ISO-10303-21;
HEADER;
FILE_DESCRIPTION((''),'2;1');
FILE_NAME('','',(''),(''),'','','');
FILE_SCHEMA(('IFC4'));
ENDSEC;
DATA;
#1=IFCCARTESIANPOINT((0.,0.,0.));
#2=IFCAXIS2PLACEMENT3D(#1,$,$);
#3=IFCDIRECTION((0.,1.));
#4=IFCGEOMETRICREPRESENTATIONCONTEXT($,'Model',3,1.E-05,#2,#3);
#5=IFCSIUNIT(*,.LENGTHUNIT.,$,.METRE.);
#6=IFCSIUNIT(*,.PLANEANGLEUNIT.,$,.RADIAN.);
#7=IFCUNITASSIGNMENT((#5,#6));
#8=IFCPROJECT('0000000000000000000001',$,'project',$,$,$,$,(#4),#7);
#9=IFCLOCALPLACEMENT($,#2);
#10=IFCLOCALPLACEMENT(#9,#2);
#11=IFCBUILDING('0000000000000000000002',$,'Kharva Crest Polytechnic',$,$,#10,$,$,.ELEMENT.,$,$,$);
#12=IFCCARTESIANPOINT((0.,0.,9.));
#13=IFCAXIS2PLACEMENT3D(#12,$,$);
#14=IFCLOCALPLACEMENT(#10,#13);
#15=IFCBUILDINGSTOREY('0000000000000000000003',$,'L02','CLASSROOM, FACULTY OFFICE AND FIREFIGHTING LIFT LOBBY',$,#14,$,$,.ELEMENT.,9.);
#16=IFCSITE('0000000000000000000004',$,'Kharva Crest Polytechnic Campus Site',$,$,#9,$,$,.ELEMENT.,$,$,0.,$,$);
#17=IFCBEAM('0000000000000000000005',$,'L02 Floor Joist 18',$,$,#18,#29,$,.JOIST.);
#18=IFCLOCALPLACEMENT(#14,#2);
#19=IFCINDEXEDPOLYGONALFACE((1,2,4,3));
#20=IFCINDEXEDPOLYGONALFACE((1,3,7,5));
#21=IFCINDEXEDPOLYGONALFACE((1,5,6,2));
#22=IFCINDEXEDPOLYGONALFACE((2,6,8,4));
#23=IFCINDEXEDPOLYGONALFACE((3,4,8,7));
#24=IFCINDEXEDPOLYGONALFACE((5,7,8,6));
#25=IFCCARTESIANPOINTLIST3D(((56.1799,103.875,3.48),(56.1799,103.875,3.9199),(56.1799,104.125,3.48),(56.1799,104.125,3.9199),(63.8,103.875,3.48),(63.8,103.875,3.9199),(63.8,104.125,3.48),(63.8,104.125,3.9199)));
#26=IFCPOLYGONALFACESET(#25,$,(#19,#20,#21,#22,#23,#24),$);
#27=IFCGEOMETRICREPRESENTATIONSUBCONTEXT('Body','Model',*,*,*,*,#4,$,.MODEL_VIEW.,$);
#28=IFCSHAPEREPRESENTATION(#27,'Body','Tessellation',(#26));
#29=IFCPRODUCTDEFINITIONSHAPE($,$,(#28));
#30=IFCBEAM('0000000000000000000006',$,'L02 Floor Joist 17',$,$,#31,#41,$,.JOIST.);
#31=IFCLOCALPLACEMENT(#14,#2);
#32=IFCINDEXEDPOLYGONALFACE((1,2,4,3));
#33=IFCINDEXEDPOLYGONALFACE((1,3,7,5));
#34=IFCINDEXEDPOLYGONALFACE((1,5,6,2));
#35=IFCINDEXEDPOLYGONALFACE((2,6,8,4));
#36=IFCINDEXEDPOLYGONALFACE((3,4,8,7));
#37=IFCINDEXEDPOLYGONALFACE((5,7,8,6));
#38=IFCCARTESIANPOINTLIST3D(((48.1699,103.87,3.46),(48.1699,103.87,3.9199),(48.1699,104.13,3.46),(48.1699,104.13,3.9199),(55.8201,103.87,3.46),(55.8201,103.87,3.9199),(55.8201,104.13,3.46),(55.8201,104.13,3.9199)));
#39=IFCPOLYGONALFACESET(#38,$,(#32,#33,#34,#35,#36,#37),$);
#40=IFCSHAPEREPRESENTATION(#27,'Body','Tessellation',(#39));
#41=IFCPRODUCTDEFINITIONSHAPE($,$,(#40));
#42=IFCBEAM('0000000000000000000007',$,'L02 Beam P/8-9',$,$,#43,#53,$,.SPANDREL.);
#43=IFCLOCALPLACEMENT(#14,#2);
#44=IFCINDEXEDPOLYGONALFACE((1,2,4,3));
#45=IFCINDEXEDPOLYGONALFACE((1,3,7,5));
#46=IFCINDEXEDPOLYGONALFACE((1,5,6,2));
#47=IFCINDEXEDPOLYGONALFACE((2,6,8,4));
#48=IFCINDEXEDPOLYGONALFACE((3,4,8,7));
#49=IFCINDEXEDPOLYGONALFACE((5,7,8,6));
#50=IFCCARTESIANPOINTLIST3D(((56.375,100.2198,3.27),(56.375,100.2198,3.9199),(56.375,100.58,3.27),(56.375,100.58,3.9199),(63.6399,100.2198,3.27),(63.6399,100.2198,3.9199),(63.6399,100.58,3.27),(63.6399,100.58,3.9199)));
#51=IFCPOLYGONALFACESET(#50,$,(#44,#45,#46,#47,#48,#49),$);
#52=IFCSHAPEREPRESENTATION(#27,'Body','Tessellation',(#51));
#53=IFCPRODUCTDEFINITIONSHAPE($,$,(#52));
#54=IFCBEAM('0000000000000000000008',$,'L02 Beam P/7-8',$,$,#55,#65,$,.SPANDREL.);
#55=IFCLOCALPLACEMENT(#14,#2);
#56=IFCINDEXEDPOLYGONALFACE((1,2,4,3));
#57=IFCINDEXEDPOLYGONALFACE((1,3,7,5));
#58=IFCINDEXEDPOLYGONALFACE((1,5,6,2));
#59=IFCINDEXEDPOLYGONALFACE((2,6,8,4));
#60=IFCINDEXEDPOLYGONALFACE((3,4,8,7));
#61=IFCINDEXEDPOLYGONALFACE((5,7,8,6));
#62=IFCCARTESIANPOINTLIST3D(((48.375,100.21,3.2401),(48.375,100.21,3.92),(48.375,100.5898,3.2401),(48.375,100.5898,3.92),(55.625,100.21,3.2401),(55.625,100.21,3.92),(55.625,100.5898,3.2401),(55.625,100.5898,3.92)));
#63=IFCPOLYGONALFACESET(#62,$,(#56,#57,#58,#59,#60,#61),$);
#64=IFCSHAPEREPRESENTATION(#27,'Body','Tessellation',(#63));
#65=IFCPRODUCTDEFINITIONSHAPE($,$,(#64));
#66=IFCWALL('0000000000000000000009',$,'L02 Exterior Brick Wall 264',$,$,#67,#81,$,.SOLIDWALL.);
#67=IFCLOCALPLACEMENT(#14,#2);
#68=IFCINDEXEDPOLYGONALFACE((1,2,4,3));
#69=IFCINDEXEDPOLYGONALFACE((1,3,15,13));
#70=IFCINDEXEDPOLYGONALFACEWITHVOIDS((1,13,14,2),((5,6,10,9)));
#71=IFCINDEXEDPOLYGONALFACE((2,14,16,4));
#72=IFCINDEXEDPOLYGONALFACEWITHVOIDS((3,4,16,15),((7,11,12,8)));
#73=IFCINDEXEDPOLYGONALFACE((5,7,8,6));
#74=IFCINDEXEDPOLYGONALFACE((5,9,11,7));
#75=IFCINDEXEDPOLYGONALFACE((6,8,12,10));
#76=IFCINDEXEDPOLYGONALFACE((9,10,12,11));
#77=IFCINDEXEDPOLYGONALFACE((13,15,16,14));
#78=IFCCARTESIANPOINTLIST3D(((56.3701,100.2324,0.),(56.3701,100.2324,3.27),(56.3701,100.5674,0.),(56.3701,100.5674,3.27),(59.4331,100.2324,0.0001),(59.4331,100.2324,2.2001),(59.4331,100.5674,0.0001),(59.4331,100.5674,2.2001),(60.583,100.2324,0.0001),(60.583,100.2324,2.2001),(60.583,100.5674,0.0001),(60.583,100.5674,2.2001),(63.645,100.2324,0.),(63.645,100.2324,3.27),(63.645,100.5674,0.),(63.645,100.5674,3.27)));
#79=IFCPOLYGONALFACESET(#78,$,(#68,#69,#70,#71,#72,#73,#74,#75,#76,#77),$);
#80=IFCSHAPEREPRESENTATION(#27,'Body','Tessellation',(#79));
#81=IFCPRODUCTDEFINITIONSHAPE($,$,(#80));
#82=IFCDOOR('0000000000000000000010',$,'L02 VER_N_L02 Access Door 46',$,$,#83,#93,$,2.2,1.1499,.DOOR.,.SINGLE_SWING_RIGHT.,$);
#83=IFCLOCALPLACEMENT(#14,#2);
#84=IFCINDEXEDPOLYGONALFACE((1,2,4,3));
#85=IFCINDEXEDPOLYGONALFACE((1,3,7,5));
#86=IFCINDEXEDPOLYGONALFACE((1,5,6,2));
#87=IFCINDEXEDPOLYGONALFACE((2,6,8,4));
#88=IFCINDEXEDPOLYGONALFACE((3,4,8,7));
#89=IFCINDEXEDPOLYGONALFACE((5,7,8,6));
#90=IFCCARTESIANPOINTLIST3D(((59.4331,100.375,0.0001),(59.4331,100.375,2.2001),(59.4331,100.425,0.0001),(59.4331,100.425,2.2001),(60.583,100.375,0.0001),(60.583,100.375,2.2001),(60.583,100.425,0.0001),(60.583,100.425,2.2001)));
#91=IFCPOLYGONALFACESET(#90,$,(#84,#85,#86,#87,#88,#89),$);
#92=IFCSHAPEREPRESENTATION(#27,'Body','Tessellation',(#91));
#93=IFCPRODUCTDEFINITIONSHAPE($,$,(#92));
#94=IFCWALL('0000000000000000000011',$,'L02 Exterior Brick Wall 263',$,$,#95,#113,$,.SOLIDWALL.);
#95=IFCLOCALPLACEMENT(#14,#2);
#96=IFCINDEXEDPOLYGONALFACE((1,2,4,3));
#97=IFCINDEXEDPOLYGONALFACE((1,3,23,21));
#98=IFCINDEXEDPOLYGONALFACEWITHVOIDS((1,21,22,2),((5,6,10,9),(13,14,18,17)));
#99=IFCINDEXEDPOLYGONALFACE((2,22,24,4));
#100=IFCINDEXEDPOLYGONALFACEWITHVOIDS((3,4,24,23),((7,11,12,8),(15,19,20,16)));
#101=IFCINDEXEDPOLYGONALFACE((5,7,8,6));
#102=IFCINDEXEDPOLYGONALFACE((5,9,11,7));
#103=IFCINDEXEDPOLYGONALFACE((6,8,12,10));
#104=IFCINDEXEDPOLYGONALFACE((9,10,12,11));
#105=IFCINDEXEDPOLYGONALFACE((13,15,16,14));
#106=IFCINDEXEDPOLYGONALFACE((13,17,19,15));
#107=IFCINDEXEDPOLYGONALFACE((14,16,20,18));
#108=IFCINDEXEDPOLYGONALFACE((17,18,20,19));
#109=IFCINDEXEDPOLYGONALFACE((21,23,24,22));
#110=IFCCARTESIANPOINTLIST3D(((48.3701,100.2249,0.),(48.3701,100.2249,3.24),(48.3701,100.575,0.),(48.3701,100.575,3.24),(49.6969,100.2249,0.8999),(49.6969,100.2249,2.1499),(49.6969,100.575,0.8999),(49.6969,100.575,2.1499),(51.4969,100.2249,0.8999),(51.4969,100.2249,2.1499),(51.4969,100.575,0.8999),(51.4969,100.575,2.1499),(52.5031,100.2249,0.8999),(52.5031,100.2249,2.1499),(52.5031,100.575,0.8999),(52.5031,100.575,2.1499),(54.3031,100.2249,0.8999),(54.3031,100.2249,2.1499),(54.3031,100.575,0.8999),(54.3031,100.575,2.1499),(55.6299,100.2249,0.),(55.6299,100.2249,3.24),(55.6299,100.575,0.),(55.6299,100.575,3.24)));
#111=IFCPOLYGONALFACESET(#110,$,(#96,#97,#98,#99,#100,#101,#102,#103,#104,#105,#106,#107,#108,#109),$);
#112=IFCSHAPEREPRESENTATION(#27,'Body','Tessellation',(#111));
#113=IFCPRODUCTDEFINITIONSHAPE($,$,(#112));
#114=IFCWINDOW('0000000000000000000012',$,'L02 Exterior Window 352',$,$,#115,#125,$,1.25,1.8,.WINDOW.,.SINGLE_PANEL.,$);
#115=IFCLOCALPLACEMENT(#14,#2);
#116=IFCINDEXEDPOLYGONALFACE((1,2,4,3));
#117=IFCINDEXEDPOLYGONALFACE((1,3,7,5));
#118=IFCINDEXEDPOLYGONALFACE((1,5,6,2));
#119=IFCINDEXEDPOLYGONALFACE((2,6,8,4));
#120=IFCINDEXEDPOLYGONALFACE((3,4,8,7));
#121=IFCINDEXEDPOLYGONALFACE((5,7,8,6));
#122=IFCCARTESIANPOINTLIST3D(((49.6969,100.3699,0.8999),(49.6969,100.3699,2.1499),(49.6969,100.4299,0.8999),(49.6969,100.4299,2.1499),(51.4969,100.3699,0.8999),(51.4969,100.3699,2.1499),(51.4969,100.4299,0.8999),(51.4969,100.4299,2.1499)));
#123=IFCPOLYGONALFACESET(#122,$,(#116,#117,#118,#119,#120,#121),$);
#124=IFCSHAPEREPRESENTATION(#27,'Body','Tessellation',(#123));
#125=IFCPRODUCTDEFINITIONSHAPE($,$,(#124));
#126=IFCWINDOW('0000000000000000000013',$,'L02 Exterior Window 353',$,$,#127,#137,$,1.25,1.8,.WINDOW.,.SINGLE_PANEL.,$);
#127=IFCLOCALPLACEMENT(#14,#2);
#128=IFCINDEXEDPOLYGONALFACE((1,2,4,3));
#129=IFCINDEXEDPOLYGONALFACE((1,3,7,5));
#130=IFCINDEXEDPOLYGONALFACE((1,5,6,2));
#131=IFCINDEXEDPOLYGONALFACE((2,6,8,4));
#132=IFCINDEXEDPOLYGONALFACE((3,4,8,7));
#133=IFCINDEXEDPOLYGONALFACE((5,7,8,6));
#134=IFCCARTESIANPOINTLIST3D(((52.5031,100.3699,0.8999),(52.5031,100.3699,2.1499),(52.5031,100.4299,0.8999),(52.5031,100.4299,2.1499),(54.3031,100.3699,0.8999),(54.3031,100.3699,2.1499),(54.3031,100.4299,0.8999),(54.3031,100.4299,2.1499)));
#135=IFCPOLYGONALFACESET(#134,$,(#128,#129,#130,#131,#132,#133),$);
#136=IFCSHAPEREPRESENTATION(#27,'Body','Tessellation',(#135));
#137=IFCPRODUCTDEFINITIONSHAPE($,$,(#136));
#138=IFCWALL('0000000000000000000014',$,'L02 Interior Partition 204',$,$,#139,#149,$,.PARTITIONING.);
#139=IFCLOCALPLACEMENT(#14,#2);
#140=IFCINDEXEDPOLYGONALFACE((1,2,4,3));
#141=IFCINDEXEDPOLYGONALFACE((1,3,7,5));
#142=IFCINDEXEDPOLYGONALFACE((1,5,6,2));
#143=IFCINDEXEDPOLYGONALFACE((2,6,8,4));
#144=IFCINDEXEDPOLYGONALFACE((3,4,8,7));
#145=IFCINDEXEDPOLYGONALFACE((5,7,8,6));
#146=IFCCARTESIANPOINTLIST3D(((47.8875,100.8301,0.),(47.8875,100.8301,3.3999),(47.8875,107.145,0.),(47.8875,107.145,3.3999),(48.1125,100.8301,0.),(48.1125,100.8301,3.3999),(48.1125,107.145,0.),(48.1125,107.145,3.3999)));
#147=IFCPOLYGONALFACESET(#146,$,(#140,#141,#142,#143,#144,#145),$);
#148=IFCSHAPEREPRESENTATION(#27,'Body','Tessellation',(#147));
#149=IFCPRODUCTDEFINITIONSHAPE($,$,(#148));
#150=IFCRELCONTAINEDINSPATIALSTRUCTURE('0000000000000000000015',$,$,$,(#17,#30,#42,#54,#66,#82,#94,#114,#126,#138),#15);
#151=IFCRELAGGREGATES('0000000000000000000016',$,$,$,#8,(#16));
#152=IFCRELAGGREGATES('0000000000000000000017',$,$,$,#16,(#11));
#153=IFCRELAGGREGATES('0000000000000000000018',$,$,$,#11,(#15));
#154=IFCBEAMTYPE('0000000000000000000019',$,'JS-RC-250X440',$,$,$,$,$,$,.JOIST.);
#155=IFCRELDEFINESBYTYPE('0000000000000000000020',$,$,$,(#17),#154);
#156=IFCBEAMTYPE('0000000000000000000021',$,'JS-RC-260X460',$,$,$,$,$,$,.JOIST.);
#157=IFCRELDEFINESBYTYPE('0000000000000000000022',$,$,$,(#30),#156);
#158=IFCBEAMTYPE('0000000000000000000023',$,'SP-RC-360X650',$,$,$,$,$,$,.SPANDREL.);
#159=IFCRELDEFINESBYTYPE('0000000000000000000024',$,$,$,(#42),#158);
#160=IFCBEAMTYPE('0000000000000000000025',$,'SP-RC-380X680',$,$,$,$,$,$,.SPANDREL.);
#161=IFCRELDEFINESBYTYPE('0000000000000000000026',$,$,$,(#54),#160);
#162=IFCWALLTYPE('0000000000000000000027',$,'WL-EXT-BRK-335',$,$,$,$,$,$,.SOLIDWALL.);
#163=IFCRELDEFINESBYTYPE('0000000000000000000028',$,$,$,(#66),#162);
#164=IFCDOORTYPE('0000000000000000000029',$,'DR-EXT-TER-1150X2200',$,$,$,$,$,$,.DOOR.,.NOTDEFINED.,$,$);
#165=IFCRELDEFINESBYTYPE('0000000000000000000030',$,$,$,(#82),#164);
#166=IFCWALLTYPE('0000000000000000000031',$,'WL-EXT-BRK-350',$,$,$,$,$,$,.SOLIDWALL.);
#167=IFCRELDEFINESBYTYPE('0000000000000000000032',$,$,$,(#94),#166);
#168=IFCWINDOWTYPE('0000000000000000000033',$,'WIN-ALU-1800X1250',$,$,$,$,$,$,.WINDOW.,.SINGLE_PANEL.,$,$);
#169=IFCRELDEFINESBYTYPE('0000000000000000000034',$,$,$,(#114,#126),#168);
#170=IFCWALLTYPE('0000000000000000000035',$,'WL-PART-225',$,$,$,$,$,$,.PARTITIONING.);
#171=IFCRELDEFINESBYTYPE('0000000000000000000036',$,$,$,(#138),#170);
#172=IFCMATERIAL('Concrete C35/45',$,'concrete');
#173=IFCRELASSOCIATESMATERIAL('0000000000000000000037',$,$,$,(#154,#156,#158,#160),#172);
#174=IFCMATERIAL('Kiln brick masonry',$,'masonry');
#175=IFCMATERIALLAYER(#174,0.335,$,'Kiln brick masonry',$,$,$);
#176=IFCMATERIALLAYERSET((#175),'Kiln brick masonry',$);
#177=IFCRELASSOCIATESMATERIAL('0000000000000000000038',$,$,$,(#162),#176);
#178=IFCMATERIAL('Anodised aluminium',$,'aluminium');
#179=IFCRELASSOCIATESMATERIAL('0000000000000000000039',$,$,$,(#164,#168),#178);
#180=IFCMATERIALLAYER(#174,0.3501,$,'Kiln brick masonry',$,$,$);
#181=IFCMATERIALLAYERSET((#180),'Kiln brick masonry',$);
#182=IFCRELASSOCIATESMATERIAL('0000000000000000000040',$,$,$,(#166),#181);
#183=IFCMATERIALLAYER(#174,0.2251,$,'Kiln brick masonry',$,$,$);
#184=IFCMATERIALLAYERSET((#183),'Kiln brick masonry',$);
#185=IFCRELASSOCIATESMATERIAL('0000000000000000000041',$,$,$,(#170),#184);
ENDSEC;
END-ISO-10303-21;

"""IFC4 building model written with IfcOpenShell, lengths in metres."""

from ifc_helpers import new_model, si_unit, direction, frame, frame_2d, origin, origin_2d, place, context, subcontext, project, spatial, rectangle, extrude, material, layer, layer_set, material_profile, profile_set, type_object, element, fill, save


model = new_model("IFC4")

# Units and contexts
model_context = context("Model", 3, precision=1e-05, world=origin(), true_north=direction((0.0, 1.0)))
body_context = subcontext(model_context, "Body", "Model", "MODEL_VIEW")
ifc_project = project(units=[si_unit("LENGTHUNIT", "METRE"), si_unit("PLANEANGLEUNIT", "RADIAN")], contexts=[model_context])

# Site, building, storey
site_placement = place(None, origin())
site = spatial("IfcSite", under=ifc_project, at=site_placement, Name="Kharva Crest Polytechnic Campus Site", CompositionType="ELEMENT", RefElevation=0.0)
building_placement = place(site_placement, origin())
building = spatial("IfcBuilding", under=site, at=building_placement, Name="Kharva Crest Polytechnic", CompositionType="ELEMENT")
storey_placement = place(building_placement, frame((0.0, 0.0, 9.0)))
storey = spatial("IfcBuildingStorey", under=building, at=storey_placement, Name="L02", Description="CLASSROOM, FACULTY OFFICE AND FIREFIGHTING LIFT LOBBY", CompositionType="ELEMENT", Elevation=9.0)

# Beams
ifc_material_1 = material(Name="Concrete C35/45", Category="concrete")
ifc_material_profile_1 = material_profile(ifc_material_1, rectangle(XDim=0.25, YDim=0.4399, at=origin_2d()), Name="RECT 250 X 440")
ifc_profile_set_1 = profile_set([ifc_material_profile_1], Name="Concrete C35/45")
beam_type_1 = type_object("IfcBeamType", Name="JS-RC-250X440", PredefinedType="JOIST", material=ifc_profile_set_1)
beam_1_placement = place(storey_placement, frame((56.1799, 104.0, 3.7), z_axis=(1.0, 0.0, 0.0), x_axis=(0.0, 1.0, 0.0)))
element("IfcBeam", 1, at=beam_1_placement, inside=storey, type_object=beam_type_1, Name="L02 Floor Joist 18", PredefinedType="JOIST", context=body_context, shape_type="SweptSolid", body=[
    extrude(rectangle(XDim=0.25, YDim=0.4399, at=origin_2d()), origin(), (0.0, 0.0, 1.0), 7.6201),
])
ifc_material_profile_2 = material_profile(ifc_material_1, rectangle(XDim=0.26, YDim=0.46, at=origin_2d()), Name="RECT 260 X 460")
ifc_profile_set_2 = profile_set([ifc_material_profile_2], Name="Concrete C35/45")
beam_type_2 = type_object("IfcBeamType", Name="JS-RC-260X460", PredefinedType="JOIST", material=ifc_profile_set_2)
beam_2_placement = place(storey_placement, frame((48.1699, 104.0, 3.6899), z_axis=(1.0, 0.0, 0.0), x_axis=(0.0, 1.0, 0.0)))
element("IfcBeam", 2, at=beam_2_placement, inside=storey, type_object=beam_type_2, Name="L02 Floor Joist 17", PredefinedType="JOIST", context=body_context, shape_type="SweptSolid", body=[
    extrude(rectangle(XDim=0.26, YDim=0.46, at=origin_2d()), origin(), (0.0, 0.0, 1.0), 7.6501),
])
ifc_material_profile_3 = material_profile(ifc_material_1, rectangle(XDim=0.3601, YDim=0.6499, at=origin_2d()), Name="RECT 360 X 650")
ifc_profile_set_3 = profile_set([ifc_material_profile_3], Name="Concrete C35/45")
beam_type_3 = type_object("IfcBeamType", Name="SP-RC-360X650", PredefinedType="SPANDREL", material=ifc_profile_set_3)
beam_3_placement = place(storey_placement, frame((56.375, 100.3999, 3.595), z_axis=(1.0, 0.0, 0.0), x_axis=(0.0, 1.0, 0.0)))
element("IfcBeam", 3, at=beam_3_placement, inside=storey, type_object=beam_type_3, Name="L02 Beam P/8-9", PredefinedType="SPANDREL", context=body_context, shape_type="SweptSolid", body=[
    extrude(rectangle(XDim=0.3601, YDim=0.6499, at=origin_2d()), origin(), (0.0, 0.0, 1.0), 7.2649),
])
ifc_material_profile_4 = material_profile(ifc_material_1, rectangle(XDim=0.3799, YDim=0.6799, at=origin_2d()), Name="RECT 380 X 680")
ifc_profile_set_4 = profile_set([ifc_material_profile_4], Name="Concrete C35/45")
beam_type_4 = type_object("IfcBeamType", Name="SP-RC-380X680", PredefinedType="SPANDREL", material=ifc_profile_set_4)
beam_4_placement = place(storey_placement, frame((48.375, 100.3999, 3.5801), z_axis=(1.0, 0.0, 0.0), x_axis=(0.0, 1.0, 0.0)))
element("IfcBeam", 4, at=beam_4_placement, inside=storey, type_object=beam_type_4, Name="L02 Beam P/7-8", PredefinedType="SPANDREL", context=body_context, shape_type="SweptSolid", body=[
    extrude(rectangle(XDim=0.3799, YDim=0.6799, at=origin_2d()), origin(), (0.0, 0.0, 1.0), 7.25),
])

# Wall, opening, door
ifc_material_2 = material(Name="Kiln brick masonry", Category="masonry")
ifc_layer_1 = layer(ifc_material_2, 0.335, Name="Kiln brick masonry")
ifc_layer_set_1 = layer_set([ifc_layer_1], Name="Kiln brick masonry")
wall_type_1 = type_object("IfcWallType", Name="WL-EXT-BRK-335", PredefinedType="SOLIDWALL", material=ifc_layer_set_1)
wall_1_placement = place(storey_placement, frame((56.3701, 100.3999, 0.0), z_axis=(0.0, 0.0, 1.0), x_axis=(1.0, 0.0, 0.0)))
wall_1 = element("IfcWall", 5, at=wall_1_placement, inside=storey, type_object=wall_type_1, Name="L02 Exterior Brick Wall 264", PredefinedType="SOLIDWALL", context=body_context, shape_type="SweptSolid", body=[
    extrude(rectangle(XDim=7.2749, YDim=0.335, at=frame_2d((3.6375, 0.0))), origin(), (0.0, 0.0, 1.0), 3.27),
])
opening_1_placement = place(wall_1_placement, frame((3.063, 0.0, 0.0)))
opening_1 = element("IfcOpeningElement", 6, at=opening_1_placement, cuts=wall_1, PredefinedType="OPENING", context=body_context, shape_type="SweptSolid", body=[
    extrude(rectangle(XDim=1.1499, YDim=2.2, at=frame_2d((0.575, 1.1001))), frame((0.0, 0.1775, 0.0), z_axis=(0.0, -1.0, 0.0), x_axis=(1.0, 0.0, 0.0)), (0.0, 0.0, 1.0), 0.355),
])
ifc_material_3 = material(Name="Anodised aluminium", Category="aluminium")
door_type = type_object("IfcDoorType", Name="DR-EXT-TER-1150X2200", OperationType="NOTDEFINED", PredefinedType="DOOR", material=ifc_material_3)
door_placement = place(opening_1_placement, frame((1.1499, 0.0, 0.0), z_axis=(0.0, 0.0, 1.0), x_axis=(-1.0, 0.0, 0.0)))
door = element("IfcDoor", 7, at=door_placement, inside=storey, type_object=door_type, Name="L02 VER_N_L02 Access Door 46", OperationType="SINGLE_SWING_RIGHT", OverallHeight=2.2, OverallWidth=1.1499, PredefinedType="DOOR", context=body_context, shape_type="SweptSolid", body=[
    extrude(rectangle(XDim=1.1499, YDim=2.2, at=frame_2d((0.575, 1.1001))), frame((0.0, 0.0249, 0.0), z_axis=(0.0, -1.0, 0.0), x_axis=(1.0, 0.0, 0.0)), (0.0, 0.0, 1.0), 0.05),
])
fill(opening_1, door)

# Wall, openings, windows
ifc_layer_2 = layer(ifc_material_2, 0.3501, Name="Kiln brick masonry")
ifc_layer_set_2 = layer_set([ifc_layer_2], Name="Kiln brick masonry")
wall_type_2 = type_object("IfcWallType", Name="WL-EXT-BRK-350", PredefinedType="SOLIDWALL", material=ifc_layer_set_2)
wall_2_placement = place(storey_placement, frame((48.3701, 100.3999, 0.0), z_axis=(0.0, 0.0, 1.0), x_axis=(1.0, 0.0, 0.0)))
wall_2 = element("IfcWall", 8, at=wall_2_placement, inside=storey, type_object=wall_type_2, Name="L02 Exterior Brick Wall 263", PredefinedType="SOLIDWALL", context=body_context, shape_type="SweptSolid", body=[
    extrude(rectangle(XDim=7.2598, YDim=0.3501, at=frame_2d((3.6299, 0.0))), origin(), (0.0, 0.0, 1.0), 3.24),
])
opening_2_placement = place(wall_2_placement, frame((1.3269, 0.0, 0.8999)))
opening_2 = element("IfcOpeningElement", 9, at=opening_2_placement, cuts=wall_2, PredefinedType="OPENING", context=body_context, shape_type="SweptSolid", body=[
    extrude(rectangle(XDim=1.8, YDim=1.25, at=frame_2d((0.8999, 0.625))), frame((0.0, 0.1851, 0.0), z_axis=(0.0, -1.0, 0.0), x_axis=(1.0, 0.0, 0.0)), (0.0, 0.0, 1.0), 0.3701),
])
opening_3_placement = place(wall_2_placement, frame((4.1331, 0.0, 0.8999)))
opening_3 = element("IfcOpeningElement", 10, at=opening_3_placement, cuts=wall_2, PredefinedType="OPENING", context=body_context, shape_type="SweptSolid", body=[
    extrude(rectangle(XDim=1.8, YDim=1.25, at=frame_2d((0.8999, 0.625))), frame((0.0, 0.1851, 0.0), z_axis=(0.0, -1.0, 0.0), x_axis=(1.0, 0.0, 0.0)), (0.0, 0.0, 1.0), 0.3701),
])
window_type = type_object("IfcWindowType", Name="WIN-ALU-1800X1250", PartitioningType="SINGLE_PANEL", PredefinedType="WINDOW", material=ifc_material_3)
window_1_placement = place(opening_2_placement, origin())
window_1 = element("IfcWindow", 11, at=window_1_placement, inside=storey, type_object=window_type, Name="L02 Exterior Window 352", OverallHeight=1.25, OverallWidth=1.8, PartitioningType="SINGLE_PANEL", PredefinedType="WINDOW", context=body_context, shape_type="SweptSolid", body=[
    extrude(rectangle(XDim=1.8, YDim=1.25, at=frame_2d((0.8999, 0.625))), frame((0.0, 0.03, 0.0), z_axis=(0.0, -1.0, 0.0), x_axis=(1.0, 0.0, 0.0)), (0.0, 0.0, 1.0), 0.0601),
])
fill(opening_2, window_1)
window_2_placement = place(opening_3_placement, origin())
window_2 = element("IfcWindow", 12, at=window_2_placement, inside=storey, type_object=window_type, Name="L02 Exterior Window 353", OverallHeight=1.25, OverallWidth=1.8, PartitioningType="SINGLE_PANEL", PredefinedType="WINDOW", context=body_context, shape_type="SweptSolid", body=[
    extrude(rectangle(XDim=1.8, YDim=1.25, at=frame_2d((0.8999, 0.625))), frame((0.0, 0.03, 0.0), z_axis=(0.0, -1.0, 0.0), x_axis=(1.0, 0.0, 0.0)), (0.0, 0.0, 1.0), 0.0601),
])
fill(opening_3, window_2)

# Wall
ifc_layer_3 = layer(ifc_material_2, 0.2251, Name="Kiln brick masonry")
ifc_layer_set_3 = layer_set([ifc_layer_3], Name="Kiln brick masonry")
wall_type_3 = type_object("IfcWallType", Name="WL-PART-225", PredefinedType="PARTITIONING", material=ifc_layer_set_3)
wall_3_placement = place(storey_placement, frame((48.0, 100.8301, 0.0), z_axis=(0.0, 0.0, 1.0), x_axis=(0.0, 1.0, 0.0)))
element("IfcWall", 13, at=wall_3_placement, inside=storey, type_object=wall_type_3, Name="L02 Interior Partition 204", PredefinedType="PARTITIONING", context=body_context, shape_type="SweptSolid", body=[
    extrude(rectangle(XDim=6.3149, YDim=0.2251, at=frame_2d((3.1575, 0.0))), origin(), (0.0, 0.0, 1.0), 3.3999),
])

save(model, "model.ifc")
